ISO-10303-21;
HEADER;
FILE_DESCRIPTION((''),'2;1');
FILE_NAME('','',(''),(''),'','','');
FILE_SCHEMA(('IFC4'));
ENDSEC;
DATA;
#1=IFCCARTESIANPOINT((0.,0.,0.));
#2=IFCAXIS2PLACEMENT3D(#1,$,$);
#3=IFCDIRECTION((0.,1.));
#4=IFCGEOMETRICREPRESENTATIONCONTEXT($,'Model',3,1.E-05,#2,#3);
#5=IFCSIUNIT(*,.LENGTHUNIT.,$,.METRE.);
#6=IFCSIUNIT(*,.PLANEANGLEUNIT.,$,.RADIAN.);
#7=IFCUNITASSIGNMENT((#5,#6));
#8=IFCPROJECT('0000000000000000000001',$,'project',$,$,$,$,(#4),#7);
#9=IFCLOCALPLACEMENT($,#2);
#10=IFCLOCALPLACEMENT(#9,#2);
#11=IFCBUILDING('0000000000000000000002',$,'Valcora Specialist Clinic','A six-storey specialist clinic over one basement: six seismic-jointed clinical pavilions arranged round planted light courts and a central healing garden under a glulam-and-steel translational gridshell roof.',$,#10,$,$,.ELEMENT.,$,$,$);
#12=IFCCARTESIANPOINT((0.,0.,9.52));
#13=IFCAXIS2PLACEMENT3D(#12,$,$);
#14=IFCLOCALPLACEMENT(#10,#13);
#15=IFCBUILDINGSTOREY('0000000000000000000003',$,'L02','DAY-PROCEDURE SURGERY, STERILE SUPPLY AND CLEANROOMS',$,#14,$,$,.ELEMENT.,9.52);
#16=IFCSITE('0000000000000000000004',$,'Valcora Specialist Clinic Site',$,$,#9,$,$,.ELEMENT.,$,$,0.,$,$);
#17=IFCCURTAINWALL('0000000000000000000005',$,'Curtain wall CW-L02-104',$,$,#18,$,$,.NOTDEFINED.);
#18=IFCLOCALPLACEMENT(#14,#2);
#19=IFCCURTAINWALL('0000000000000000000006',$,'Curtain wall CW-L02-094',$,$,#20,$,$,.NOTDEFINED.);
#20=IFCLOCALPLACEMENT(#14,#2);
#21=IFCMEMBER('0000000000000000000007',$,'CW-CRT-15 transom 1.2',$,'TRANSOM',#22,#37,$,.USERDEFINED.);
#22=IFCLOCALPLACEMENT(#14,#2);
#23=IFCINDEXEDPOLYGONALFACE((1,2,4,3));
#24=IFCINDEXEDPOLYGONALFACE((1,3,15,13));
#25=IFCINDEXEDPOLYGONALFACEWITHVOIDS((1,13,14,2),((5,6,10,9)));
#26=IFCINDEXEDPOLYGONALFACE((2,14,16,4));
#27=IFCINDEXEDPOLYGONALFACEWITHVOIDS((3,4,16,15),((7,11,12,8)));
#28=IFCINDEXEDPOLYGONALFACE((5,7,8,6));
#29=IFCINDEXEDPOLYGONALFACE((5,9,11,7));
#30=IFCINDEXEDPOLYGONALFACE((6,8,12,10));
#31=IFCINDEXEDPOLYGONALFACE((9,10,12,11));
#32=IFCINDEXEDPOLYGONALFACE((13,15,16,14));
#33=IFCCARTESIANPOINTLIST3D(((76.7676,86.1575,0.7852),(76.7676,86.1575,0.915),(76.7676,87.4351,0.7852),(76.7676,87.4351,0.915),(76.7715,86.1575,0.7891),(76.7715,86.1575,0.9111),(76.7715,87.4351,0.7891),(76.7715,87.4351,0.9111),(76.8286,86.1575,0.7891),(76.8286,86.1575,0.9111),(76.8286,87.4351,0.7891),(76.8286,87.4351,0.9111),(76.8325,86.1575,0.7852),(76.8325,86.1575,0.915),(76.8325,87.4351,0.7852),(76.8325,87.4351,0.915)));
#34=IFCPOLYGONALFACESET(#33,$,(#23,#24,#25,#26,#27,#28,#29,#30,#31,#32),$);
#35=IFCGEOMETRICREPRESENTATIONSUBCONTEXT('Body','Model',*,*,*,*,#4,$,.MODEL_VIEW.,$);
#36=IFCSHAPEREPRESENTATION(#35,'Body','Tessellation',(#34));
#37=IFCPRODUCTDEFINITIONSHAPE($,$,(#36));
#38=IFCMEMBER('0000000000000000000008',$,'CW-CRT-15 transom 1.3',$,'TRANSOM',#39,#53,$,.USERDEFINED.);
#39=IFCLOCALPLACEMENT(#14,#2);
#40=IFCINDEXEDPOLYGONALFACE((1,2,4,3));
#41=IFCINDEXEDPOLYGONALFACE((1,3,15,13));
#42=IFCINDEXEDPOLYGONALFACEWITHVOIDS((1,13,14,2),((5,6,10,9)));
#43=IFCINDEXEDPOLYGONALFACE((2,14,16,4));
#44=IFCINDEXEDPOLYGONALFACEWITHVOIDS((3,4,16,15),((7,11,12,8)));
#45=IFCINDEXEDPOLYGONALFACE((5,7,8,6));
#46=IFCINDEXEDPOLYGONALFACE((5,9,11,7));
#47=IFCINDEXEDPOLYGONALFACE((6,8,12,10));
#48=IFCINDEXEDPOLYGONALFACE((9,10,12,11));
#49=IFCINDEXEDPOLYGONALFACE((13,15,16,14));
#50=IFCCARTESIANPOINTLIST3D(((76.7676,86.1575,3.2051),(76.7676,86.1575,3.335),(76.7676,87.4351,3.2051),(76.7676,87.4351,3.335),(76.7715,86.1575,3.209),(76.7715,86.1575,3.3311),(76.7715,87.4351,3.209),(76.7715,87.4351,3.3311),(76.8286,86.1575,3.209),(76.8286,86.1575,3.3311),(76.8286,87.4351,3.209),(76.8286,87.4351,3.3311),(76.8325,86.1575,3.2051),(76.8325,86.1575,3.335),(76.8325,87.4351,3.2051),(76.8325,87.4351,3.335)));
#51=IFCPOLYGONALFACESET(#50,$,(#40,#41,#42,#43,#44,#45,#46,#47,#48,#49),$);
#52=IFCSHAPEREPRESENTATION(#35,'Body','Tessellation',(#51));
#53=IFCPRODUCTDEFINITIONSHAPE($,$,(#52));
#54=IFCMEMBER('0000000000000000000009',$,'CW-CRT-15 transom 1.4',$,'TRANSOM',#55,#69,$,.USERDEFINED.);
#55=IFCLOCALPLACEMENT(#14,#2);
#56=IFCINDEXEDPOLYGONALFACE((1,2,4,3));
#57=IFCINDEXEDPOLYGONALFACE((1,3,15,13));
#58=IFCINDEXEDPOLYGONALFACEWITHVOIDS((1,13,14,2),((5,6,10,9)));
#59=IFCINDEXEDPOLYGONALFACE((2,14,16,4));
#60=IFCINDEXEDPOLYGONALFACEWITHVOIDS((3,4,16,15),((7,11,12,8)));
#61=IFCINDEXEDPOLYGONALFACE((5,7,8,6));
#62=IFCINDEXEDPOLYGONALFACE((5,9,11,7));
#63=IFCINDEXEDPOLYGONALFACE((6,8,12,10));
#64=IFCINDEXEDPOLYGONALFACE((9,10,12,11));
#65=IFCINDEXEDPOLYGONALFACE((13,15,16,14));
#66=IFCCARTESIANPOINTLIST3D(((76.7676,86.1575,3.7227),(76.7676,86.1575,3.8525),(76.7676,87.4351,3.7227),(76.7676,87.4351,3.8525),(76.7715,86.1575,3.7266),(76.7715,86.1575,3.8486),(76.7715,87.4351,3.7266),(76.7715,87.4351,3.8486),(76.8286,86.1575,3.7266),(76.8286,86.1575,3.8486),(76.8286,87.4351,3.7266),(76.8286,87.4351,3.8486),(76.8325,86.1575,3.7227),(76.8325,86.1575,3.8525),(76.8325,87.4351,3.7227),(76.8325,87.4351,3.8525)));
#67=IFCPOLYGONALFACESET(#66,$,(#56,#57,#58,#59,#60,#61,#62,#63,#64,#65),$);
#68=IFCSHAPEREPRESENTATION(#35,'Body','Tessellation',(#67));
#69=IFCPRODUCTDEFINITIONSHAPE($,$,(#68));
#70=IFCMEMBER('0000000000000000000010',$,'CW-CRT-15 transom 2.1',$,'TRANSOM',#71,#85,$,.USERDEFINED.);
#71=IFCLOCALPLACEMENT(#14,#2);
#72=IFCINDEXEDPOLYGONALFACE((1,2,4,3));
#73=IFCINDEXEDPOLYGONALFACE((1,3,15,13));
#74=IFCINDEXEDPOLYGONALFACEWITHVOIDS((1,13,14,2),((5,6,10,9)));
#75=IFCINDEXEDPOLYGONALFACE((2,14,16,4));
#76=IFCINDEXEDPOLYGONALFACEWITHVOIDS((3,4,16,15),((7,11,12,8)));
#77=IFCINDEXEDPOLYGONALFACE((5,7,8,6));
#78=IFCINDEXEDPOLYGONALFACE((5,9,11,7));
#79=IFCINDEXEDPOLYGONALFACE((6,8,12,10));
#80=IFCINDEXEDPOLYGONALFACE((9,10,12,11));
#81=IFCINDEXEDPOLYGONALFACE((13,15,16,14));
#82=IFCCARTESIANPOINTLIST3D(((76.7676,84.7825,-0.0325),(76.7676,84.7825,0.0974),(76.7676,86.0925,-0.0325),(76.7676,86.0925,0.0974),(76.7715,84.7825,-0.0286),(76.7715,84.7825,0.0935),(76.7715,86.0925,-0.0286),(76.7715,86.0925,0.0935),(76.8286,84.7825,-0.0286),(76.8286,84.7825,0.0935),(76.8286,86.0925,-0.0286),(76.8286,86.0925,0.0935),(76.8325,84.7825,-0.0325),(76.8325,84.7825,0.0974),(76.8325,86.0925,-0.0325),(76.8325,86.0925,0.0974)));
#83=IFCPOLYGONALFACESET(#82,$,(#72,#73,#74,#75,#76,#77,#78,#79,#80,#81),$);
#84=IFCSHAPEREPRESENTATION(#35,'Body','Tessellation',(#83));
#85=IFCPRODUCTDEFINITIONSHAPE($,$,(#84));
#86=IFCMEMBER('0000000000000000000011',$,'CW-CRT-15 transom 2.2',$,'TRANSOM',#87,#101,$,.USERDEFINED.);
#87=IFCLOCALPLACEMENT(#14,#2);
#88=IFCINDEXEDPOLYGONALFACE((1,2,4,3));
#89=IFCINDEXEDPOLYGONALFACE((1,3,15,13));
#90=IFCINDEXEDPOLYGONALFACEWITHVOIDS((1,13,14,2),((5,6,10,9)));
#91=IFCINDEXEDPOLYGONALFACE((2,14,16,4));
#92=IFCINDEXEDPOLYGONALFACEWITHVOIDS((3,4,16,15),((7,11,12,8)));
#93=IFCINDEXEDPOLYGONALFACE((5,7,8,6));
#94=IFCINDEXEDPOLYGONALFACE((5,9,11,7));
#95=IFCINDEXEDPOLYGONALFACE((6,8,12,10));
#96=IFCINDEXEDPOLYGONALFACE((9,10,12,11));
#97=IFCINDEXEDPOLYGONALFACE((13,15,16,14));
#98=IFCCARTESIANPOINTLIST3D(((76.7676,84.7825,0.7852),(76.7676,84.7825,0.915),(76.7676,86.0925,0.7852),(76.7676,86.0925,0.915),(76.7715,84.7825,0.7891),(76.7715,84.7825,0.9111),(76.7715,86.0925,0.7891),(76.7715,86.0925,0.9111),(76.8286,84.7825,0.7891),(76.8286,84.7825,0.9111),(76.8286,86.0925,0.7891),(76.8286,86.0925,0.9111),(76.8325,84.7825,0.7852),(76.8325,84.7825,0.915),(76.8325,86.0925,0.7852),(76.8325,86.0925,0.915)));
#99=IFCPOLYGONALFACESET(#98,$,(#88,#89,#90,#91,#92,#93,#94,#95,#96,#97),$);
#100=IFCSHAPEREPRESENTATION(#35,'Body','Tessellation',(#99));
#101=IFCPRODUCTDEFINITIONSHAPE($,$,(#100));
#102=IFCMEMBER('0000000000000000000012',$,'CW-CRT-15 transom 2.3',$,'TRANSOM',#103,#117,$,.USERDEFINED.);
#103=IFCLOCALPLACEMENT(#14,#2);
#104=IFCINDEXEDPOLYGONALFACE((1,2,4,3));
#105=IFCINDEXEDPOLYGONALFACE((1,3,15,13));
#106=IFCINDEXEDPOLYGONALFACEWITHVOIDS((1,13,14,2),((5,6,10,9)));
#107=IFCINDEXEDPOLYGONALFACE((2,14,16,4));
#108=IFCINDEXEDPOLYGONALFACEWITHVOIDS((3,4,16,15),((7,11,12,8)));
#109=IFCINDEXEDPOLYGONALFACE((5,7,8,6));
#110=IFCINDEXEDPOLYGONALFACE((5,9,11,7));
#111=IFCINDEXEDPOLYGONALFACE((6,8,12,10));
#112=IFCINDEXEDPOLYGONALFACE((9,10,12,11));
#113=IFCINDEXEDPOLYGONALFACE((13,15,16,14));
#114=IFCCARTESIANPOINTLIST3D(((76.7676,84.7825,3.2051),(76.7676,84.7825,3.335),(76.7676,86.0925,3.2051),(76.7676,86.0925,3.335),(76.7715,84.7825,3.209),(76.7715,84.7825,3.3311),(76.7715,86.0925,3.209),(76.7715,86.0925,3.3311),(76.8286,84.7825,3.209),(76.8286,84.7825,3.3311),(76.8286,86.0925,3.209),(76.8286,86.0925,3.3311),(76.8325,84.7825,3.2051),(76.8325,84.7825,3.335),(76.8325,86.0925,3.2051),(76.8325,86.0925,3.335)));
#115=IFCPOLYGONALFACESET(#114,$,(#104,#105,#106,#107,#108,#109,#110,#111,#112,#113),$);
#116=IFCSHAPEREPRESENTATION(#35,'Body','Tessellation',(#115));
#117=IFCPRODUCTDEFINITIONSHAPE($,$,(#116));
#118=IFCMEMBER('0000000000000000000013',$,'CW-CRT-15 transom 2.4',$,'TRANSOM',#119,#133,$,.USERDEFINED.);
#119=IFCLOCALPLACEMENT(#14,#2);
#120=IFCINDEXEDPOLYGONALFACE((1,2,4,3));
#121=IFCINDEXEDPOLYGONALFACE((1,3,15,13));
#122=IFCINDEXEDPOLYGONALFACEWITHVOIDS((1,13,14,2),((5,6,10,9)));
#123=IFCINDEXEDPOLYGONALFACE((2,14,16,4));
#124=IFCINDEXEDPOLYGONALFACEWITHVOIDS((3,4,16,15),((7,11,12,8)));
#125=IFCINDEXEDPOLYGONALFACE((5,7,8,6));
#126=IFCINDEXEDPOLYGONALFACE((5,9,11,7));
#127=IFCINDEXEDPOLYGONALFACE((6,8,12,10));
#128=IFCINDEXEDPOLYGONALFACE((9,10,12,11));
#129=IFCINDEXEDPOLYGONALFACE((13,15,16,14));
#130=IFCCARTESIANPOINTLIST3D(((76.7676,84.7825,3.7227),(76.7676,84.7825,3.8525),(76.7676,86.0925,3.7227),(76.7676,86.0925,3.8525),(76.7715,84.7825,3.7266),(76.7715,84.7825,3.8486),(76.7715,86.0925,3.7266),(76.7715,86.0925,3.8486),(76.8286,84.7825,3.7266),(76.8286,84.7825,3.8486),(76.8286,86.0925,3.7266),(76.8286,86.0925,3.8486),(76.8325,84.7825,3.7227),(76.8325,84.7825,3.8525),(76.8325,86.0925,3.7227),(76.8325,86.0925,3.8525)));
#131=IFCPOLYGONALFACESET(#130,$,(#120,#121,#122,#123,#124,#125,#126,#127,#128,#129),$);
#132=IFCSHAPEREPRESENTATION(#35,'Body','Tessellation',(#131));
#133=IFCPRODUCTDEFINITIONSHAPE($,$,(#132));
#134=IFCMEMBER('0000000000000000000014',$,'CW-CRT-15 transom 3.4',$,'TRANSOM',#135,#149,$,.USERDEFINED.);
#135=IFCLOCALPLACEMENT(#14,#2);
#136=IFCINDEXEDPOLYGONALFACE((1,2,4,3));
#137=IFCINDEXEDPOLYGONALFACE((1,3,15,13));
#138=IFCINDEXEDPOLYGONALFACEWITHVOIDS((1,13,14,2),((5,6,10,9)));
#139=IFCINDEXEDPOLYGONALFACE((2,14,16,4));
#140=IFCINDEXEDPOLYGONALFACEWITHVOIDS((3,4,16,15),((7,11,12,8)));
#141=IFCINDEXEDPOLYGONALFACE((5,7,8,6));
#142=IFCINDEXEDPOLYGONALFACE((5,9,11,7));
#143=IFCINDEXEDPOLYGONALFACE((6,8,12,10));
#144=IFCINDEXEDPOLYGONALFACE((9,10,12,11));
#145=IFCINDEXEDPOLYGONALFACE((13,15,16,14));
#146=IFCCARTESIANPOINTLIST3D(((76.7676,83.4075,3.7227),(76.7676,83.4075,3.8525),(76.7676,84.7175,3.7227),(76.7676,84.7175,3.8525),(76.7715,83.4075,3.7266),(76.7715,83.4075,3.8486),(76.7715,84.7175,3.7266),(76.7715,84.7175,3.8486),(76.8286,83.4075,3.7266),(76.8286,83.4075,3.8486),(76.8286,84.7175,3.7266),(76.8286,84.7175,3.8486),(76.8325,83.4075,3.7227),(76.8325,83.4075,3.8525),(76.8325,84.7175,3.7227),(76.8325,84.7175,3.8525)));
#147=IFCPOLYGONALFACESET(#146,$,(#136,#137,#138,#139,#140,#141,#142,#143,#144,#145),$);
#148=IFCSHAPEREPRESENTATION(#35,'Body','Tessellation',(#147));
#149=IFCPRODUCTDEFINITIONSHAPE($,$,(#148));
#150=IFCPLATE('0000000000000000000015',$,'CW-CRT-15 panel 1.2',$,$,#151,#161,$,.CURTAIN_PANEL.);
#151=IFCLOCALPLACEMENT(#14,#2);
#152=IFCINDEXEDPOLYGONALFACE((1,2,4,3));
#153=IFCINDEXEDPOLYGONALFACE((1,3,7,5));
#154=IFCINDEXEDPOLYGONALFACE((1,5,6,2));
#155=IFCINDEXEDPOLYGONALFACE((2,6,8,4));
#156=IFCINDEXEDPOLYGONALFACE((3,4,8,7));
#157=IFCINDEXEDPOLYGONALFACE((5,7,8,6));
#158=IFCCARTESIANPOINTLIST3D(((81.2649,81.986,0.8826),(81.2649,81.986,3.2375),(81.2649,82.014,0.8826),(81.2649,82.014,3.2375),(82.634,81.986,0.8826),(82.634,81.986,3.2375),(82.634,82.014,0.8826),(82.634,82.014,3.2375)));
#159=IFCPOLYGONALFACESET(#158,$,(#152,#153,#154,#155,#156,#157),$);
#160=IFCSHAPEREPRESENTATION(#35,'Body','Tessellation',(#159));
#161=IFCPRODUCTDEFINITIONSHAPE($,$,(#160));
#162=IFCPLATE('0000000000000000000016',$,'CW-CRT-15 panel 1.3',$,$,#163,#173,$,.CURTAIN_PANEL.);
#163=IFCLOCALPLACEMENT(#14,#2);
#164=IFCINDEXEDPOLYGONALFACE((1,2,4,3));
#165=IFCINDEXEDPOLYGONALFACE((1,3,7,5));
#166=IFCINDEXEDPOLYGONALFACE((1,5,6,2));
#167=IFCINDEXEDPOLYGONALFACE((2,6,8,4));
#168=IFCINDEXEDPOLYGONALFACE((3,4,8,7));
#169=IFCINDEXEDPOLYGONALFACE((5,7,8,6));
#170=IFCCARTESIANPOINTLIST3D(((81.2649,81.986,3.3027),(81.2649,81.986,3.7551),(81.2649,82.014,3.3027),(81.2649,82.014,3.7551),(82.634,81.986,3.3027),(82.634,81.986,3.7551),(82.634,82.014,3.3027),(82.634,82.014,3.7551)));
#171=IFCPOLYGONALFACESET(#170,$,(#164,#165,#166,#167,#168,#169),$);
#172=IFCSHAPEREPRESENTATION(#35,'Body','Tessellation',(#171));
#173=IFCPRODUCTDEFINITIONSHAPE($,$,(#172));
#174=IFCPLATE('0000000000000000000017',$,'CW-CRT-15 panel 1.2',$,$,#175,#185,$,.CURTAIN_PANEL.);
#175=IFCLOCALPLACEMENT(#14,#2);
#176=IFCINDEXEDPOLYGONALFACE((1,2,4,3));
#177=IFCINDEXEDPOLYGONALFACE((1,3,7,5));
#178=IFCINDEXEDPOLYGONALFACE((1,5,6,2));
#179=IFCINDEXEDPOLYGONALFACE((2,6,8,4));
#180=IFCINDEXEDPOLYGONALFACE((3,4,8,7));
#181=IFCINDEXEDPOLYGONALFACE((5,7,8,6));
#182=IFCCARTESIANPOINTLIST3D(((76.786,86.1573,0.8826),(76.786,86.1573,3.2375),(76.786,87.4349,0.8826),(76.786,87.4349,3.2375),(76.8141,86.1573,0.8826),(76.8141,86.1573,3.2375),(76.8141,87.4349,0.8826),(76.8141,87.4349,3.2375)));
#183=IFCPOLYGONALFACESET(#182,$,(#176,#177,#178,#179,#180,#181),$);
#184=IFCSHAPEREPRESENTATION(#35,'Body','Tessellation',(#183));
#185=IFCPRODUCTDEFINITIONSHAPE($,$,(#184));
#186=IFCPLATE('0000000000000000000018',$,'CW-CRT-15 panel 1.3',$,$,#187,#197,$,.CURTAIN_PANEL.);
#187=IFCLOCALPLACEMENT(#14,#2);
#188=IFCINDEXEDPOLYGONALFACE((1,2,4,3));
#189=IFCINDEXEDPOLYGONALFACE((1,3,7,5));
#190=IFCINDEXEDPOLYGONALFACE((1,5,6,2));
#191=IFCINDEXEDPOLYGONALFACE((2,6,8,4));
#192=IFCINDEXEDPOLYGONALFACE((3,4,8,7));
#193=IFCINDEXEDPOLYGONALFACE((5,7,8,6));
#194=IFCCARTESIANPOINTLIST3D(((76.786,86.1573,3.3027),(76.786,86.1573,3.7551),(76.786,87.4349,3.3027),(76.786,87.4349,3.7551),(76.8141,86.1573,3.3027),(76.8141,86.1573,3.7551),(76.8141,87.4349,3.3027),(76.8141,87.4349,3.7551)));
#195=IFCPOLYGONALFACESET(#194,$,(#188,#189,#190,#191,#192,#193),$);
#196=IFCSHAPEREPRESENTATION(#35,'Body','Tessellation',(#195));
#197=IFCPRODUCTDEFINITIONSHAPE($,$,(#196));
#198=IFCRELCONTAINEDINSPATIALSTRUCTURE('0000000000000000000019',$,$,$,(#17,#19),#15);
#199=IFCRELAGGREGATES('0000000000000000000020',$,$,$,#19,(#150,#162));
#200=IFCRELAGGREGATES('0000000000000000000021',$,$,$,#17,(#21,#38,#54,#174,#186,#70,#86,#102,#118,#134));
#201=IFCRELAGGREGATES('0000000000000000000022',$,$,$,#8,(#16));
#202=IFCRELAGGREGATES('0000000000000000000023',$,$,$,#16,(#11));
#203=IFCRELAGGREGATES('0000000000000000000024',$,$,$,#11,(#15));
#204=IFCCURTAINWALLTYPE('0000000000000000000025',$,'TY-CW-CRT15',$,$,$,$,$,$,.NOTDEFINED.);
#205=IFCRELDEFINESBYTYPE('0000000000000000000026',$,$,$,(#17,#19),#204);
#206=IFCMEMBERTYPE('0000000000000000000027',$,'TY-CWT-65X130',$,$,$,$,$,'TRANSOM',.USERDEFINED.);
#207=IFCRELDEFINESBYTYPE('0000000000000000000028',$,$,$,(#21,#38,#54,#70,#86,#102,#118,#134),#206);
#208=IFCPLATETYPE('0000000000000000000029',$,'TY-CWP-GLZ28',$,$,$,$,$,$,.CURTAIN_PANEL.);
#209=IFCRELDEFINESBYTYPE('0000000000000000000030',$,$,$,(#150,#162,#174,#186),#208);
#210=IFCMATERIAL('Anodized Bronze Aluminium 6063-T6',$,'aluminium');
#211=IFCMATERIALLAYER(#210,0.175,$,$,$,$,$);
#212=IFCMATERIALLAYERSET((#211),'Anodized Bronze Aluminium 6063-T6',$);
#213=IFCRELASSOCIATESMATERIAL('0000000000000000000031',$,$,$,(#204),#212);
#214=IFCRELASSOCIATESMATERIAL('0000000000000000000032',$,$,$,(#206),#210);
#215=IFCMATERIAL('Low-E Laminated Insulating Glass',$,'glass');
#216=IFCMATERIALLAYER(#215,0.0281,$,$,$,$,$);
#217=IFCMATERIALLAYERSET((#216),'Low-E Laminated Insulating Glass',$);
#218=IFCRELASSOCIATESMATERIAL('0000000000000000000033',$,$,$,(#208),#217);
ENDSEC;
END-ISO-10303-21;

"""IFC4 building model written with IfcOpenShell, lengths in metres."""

from ifc_helpers import new_model, si_unit, direction, frame, origin, origin_2d, place, context, subcontext, project, spatial, rectangle, hollow_rectangle, extrude, material, layer, layer_set, material_profile, profile_set, type_object, element, aggregate, save


model = new_model("IFC4")

# Units and contexts
model_context = context("Model", 3, precision=1e-05, world=origin(), true_north=direction((0.0, 1.0)))
body_context = subcontext(model_context, "Body", "Model", "MODEL_VIEW")
ifc_project = project(units=[si_unit("LENGTHUNIT", "METRE"), si_unit("PLANEANGLEUNIT", "RADIAN")], contexts=[model_context])

# Site, building, storey
site_placement = place(None, origin())
site = spatial("IfcSite", under=ifc_project, at=site_placement, Name="Valcora Specialist Clinic Site", CompositionType="ELEMENT", RefElevation=0.0)
building_placement = place(site_placement, origin())
building = spatial("IfcBuilding", under=site, at=building_placement, Name="Valcora Specialist Clinic", Description="A six-storey specialist clinic over one basement: six seismic-jointed clinical pavilions arranged round planted light courts and a central healing garden under a glulam-and-steel translational gridshell roof.", CompositionType="ELEMENT")
storey_placement = place(building_placement, frame((0.0, 0.0, 9.52)))
storey = spatial("IfcBuildingStorey", under=building, at=storey_placement, Name="L02", Description="DAY-PROCEDURE SURGERY, STERILE SUPPLY AND CLEANROOMS", CompositionType="ELEMENT", Elevation=9.52)

# Curtain wall
ifc_material_1 = material(Name="Anodized Bronze Aluminium 6063-T6", Category="aluminium")
ifc_layer_1 = layer(ifc_material_1, 0.175)
ifc_layer_set_1 = layer_set([ifc_layer_1], Name="Anodized Bronze Aluminium 6063-T6")
curtain_wall_type = type_object("IfcCurtainWallType", Name="TY-CW-CRT15", PredefinedType="NOTDEFINED", material=ifc_layer_set_1)
curtain_wall_1_placement = place(storey_placement, origin())
curtain_wall_1 = element("IfcCurtainWall", 1, at=curtain_wall_1_placement, inside=storey, type_object=curtain_wall_type, Name="Curtain wall CW-L02-104", PredefinedType="NOTDEFINED")

# Curtain wall
curtain_wall_2_placement = place(storey_placement, origin())
curtain_wall_2 = element("IfcCurtainWall", 2, at=curtain_wall_2_placement, inside=storey, type_object=curtain_wall_type, Name="Curtain wall CW-L02-094", PredefinedType="NOTDEFINED")
ifc_material_profile_1 = material_profile(ifc_material_1, hollow_rectangle(XDim=0.0649, YDim=0.1299, WallThickness=0.0039, at=origin_2d()), Name="AL-TRN-65X130")
ifc_profile_set_1 = profile_set([ifc_material_profile_1], Name="Anodized Bronze Aluminium 6063-T6")
member_type_1 = type_object("IfcMemberType", Name="TY-CWT-65X130", ElementType="TRANSOM", PredefinedType="USERDEFINED", material=ifc_profile_set_1)

# Members
member_1_placement = place(storey_placement, frame((76.8, 87.4351, 0.8501), z_axis=(0.0, -1.0, 0.0), x_axis=(1.0, 0.0, 0.0)))
member_1 = element("IfcMember", 3, at=member_1_placement, type_object=member_type_1, Name="CW-CRT-15 transom 1.2", ObjectType="TRANSOM", PredefinedType="USERDEFINED", context=body_context, shape_type="SweptSolid", body=[
    extrude(hollow_rectangle(XDim=0.0649, YDim=0.1299, WallThickness=0.0039, at=origin_2d()), origin(), (0.0, 0.0, 1.0), 1.2776),
])
member_2_placement = place(storey_placement, frame((76.8, 87.4351, 3.27), z_axis=(0.0, -1.0, 0.0), x_axis=(1.0, 0.0, 0.0)))
member_2 = element("IfcMember", 4, at=member_2_placement, type_object=member_type_1, Name="CW-CRT-15 transom 1.3", ObjectType="TRANSOM", PredefinedType="USERDEFINED", context=body_context, shape_type="SweptSolid", body=[
    extrude(hollow_rectangle(XDim=0.0649, YDim=0.1299, WallThickness=0.0039, at=origin_2d()), origin(), (0.0, 0.0, 1.0), 1.2776),
])
member_3_placement = place(storey_placement, frame((76.8, 87.4351, 3.7876), z_axis=(0.0, -1.0, 0.0), x_axis=(1.0, 0.0, 0.0)))
member_3 = element("IfcMember", 5, at=member_3_placement, type_object=member_type_1, Name="CW-CRT-15 transom 1.4", ObjectType="TRANSOM", PredefinedType="USERDEFINED", context=body_context, shape_type="SweptSolid", body=[
    extrude(hollow_rectangle(XDim=0.0649, YDim=0.1299, WallThickness=0.0039, at=origin_2d()), origin(), (0.0, 0.0, 1.0), 1.2776),
])
member_4_placement = place(storey_placement, frame((76.8, 86.0925, 0.0325), z_axis=(0.0, -1.0, 0.0), x_axis=(1.0, 0.0, 0.0)))
member_4 = element("IfcMember", 6, at=member_4_placement, type_object=member_type_1, Name="CW-CRT-15 transom 2.1", ObjectType="TRANSOM", PredefinedType="USERDEFINED", context=body_context, shape_type="SweptSolid", body=[
    extrude(hollow_rectangle(XDim=0.0649, YDim=0.1299, WallThickness=0.0039, at=origin_2d()), origin(), (0.0, 0.0, 1.0), 1.3101),
])
member_5_placement = place(storey_placement, frame((76.8, 86.0925, 0.8501), z_axis=(0.0, -1.0, 0.0), x_axis=(1.0, 0.0, 0.0)))
member_5 = element("IfcMember", 7, at=member_5_placement, type_object=member_type_1, Name="CW-CRT-15 transom 2.2", ObjectType="TRANSOM", PredefinedType="USERDEFINED", context=body_context, shape_type="SweptSolid", body=[
    extrude(hollow_rectangle(XDim=0.0649, YDim=0.1299, WallThickness=0.0039, at=origin_2d()), origin(), (0.0, 0.0, 1.0), 1.3101),
])
member_6_placement = place(storey_placement, frame((76.8, 86.0925, 3.27), z_axis=(0.0, -1.0, 0.0), x_axis=(1.0, 0.0, 0.0)))
member_6 = element("IfcMember", 8, at=member_6_placement, type_object=member_type_1, Name="CW-CRT-15 transom 2.3", ObjectType="TRANSOM", PredefinedType="USERDEFINED", context=body_context, shape_type="SweptSolid", body=[
    extrude(hollow_rectangle(XDim=0.0649, YDim=0.1299, WallThickness=0.0039, at=origin_2d()), origin(), (0.0, 0.0, 1.0), 1.3101),
])
member_7_placement = place(storey_placement, frame((76.8, 86.0925, 3.7876), z_axis=(0.0, -1.0, 0.0), x_axis=(1.0, 0.0, 0.0)))
member_7 = element("IfcMember", 9, at=member_7_placement, type_object=member_type_1, Name="CW-CRT-15 transom 2.4", ObjectType="TRANSOM", PredefinedType="USERDEFINED", context=body_context, shape_type="SweptSolid", body=[
    extrude(hollow_rectangle(XDim=0.0649, YDim=0.1299, WallThickness=0.0039, at=origin_2d()), origin(), (0.0, 0.0, 1.0), 1.3101),
])
member_8_placement = place(storey_placement, frame((76.8, 84.7175, 3.7876), z_axis=(0.0, -1.0, 0.0), x_axis=(1.0, 0.0, 0.0)))
member_8 = element("IfcMember", 10, at=member_8_placement, type_object=member_type_1, Name="CW-CRT-15 transom 3.4", ObjectType="TRANSOM", PredefinedType="USERDEFINED", context=body_context, shape_type="SweptSolid", body=[
    extrude(hollow_rectangle(XDim=0.0649, YDim=0.1299, WallThickness=0.0039, at=origin_2d()), origin(), (0.0, 0.0, 1.0), 1.3101),
])

# Plates
ifc_material_2 = material(Name="Low-E Laminated Insulating Glass", Category="glass")
ifc_layer_2 = layer(ifc_material_2, 0.0281)
ifc_layer_set_2 = layer_set([ifc_layer_2], Name="Low-E Laminated Insulating Glass")
plate_type_1 = type_object("IfcPlateType", Name="TY-CWP-GLZ28", PredefinedType="CURTAIN_PANEL", material=ifc_layer_set_2)
plate_1_placement = place(storey_placement, frame((81.9495, 82.0, 0.8826), z_axis=(0.0, 0.0, 1.0), x_axis=(1.0, 0.0, 0.0)))
plate_1 = element("IfcPlate", 11, at=plate_1_placement, type_object=plate_type_1, Name="CW-CRT-15 panel 1.2", PredefinedType="CURTAIN_PANEL", context=body_context, shape_type="SweptSolid", body=[
    extrude(rectangle(XDim=1.3691, YDim=0.0281, at=origin_2d()), origin(), (0.0, 0.0, 1.0), 2.355),
])
plate_2_placement = place(storey_placement, frame((81.9495, 82.0, 3.3027), z_axis=(0.0, 0.0, 1.0), x_axis=(1.0, 0.0, 0.0)))
plate_2 = element("IfcPlate", 12, at=plate_2_placement, type_object=plate_type_1, Name="CW-CRT-15 panel 1.3", PredefinedType="CURTAIN_PANEL", context=body_context, shape_type="SweptSolid", body=[
    extrude(rectangle(XDim=1.3691, YDim=0.0281, at=origin_2d()), origin(), (0.0, 0.0, 1.0), 0.4524),
])
plate_3_placement = place(storey_placement, frame((76.8, 86.7961, 0.8826), z_axis=(0.0, 0.0, 1.0), x_axis=(0.0, -1.0, 0.0)))
plate_3 = element("IfcPlate", 13, at=plate_3_placement, type_object=plate_type_1, Name="CW-CRT-15 panel 1.2", PredefinedType="CURTAIN_PANEL", context=body_context, shape_type="SweptSolid", body=[
    extrude(rectangle(XDim=1.2776, YDim=0.0281, at=origin_2d()), origin(), (0.0, 0.0, 1.0), 2.355),
])
plate_4_placement = place(storey_placement, frame((76.8, 86.7961, 3.3027), z_axis=(0.0, 0.0, 1.0), x_axis=(0.0, -1.0, 0.0)))
plate_4 = element("IfcPlate", 14, at=plate_4_placement, type_object=plate_type_1, Name="CW-CRT-15 panel 1.3", PredefinedType="CURTAIN_PANEL", context=body_context, shape_type="SweptSolid", body=[
    extrude(rectangle(XDim=1.2776, YDim=0.0281, at=origin_2d()), origin(), (0.0, 0.0, 1.0), 0.4524),
])
aggregate(curtain_wall_2, [plate_1, plate_2])
aggregate(curtain_wall_1, [member_1, member_2, member_3, plate_3, plate_4, member_4, member_5, member_6, member_7, member_8])

save(model, "model.ifc")
